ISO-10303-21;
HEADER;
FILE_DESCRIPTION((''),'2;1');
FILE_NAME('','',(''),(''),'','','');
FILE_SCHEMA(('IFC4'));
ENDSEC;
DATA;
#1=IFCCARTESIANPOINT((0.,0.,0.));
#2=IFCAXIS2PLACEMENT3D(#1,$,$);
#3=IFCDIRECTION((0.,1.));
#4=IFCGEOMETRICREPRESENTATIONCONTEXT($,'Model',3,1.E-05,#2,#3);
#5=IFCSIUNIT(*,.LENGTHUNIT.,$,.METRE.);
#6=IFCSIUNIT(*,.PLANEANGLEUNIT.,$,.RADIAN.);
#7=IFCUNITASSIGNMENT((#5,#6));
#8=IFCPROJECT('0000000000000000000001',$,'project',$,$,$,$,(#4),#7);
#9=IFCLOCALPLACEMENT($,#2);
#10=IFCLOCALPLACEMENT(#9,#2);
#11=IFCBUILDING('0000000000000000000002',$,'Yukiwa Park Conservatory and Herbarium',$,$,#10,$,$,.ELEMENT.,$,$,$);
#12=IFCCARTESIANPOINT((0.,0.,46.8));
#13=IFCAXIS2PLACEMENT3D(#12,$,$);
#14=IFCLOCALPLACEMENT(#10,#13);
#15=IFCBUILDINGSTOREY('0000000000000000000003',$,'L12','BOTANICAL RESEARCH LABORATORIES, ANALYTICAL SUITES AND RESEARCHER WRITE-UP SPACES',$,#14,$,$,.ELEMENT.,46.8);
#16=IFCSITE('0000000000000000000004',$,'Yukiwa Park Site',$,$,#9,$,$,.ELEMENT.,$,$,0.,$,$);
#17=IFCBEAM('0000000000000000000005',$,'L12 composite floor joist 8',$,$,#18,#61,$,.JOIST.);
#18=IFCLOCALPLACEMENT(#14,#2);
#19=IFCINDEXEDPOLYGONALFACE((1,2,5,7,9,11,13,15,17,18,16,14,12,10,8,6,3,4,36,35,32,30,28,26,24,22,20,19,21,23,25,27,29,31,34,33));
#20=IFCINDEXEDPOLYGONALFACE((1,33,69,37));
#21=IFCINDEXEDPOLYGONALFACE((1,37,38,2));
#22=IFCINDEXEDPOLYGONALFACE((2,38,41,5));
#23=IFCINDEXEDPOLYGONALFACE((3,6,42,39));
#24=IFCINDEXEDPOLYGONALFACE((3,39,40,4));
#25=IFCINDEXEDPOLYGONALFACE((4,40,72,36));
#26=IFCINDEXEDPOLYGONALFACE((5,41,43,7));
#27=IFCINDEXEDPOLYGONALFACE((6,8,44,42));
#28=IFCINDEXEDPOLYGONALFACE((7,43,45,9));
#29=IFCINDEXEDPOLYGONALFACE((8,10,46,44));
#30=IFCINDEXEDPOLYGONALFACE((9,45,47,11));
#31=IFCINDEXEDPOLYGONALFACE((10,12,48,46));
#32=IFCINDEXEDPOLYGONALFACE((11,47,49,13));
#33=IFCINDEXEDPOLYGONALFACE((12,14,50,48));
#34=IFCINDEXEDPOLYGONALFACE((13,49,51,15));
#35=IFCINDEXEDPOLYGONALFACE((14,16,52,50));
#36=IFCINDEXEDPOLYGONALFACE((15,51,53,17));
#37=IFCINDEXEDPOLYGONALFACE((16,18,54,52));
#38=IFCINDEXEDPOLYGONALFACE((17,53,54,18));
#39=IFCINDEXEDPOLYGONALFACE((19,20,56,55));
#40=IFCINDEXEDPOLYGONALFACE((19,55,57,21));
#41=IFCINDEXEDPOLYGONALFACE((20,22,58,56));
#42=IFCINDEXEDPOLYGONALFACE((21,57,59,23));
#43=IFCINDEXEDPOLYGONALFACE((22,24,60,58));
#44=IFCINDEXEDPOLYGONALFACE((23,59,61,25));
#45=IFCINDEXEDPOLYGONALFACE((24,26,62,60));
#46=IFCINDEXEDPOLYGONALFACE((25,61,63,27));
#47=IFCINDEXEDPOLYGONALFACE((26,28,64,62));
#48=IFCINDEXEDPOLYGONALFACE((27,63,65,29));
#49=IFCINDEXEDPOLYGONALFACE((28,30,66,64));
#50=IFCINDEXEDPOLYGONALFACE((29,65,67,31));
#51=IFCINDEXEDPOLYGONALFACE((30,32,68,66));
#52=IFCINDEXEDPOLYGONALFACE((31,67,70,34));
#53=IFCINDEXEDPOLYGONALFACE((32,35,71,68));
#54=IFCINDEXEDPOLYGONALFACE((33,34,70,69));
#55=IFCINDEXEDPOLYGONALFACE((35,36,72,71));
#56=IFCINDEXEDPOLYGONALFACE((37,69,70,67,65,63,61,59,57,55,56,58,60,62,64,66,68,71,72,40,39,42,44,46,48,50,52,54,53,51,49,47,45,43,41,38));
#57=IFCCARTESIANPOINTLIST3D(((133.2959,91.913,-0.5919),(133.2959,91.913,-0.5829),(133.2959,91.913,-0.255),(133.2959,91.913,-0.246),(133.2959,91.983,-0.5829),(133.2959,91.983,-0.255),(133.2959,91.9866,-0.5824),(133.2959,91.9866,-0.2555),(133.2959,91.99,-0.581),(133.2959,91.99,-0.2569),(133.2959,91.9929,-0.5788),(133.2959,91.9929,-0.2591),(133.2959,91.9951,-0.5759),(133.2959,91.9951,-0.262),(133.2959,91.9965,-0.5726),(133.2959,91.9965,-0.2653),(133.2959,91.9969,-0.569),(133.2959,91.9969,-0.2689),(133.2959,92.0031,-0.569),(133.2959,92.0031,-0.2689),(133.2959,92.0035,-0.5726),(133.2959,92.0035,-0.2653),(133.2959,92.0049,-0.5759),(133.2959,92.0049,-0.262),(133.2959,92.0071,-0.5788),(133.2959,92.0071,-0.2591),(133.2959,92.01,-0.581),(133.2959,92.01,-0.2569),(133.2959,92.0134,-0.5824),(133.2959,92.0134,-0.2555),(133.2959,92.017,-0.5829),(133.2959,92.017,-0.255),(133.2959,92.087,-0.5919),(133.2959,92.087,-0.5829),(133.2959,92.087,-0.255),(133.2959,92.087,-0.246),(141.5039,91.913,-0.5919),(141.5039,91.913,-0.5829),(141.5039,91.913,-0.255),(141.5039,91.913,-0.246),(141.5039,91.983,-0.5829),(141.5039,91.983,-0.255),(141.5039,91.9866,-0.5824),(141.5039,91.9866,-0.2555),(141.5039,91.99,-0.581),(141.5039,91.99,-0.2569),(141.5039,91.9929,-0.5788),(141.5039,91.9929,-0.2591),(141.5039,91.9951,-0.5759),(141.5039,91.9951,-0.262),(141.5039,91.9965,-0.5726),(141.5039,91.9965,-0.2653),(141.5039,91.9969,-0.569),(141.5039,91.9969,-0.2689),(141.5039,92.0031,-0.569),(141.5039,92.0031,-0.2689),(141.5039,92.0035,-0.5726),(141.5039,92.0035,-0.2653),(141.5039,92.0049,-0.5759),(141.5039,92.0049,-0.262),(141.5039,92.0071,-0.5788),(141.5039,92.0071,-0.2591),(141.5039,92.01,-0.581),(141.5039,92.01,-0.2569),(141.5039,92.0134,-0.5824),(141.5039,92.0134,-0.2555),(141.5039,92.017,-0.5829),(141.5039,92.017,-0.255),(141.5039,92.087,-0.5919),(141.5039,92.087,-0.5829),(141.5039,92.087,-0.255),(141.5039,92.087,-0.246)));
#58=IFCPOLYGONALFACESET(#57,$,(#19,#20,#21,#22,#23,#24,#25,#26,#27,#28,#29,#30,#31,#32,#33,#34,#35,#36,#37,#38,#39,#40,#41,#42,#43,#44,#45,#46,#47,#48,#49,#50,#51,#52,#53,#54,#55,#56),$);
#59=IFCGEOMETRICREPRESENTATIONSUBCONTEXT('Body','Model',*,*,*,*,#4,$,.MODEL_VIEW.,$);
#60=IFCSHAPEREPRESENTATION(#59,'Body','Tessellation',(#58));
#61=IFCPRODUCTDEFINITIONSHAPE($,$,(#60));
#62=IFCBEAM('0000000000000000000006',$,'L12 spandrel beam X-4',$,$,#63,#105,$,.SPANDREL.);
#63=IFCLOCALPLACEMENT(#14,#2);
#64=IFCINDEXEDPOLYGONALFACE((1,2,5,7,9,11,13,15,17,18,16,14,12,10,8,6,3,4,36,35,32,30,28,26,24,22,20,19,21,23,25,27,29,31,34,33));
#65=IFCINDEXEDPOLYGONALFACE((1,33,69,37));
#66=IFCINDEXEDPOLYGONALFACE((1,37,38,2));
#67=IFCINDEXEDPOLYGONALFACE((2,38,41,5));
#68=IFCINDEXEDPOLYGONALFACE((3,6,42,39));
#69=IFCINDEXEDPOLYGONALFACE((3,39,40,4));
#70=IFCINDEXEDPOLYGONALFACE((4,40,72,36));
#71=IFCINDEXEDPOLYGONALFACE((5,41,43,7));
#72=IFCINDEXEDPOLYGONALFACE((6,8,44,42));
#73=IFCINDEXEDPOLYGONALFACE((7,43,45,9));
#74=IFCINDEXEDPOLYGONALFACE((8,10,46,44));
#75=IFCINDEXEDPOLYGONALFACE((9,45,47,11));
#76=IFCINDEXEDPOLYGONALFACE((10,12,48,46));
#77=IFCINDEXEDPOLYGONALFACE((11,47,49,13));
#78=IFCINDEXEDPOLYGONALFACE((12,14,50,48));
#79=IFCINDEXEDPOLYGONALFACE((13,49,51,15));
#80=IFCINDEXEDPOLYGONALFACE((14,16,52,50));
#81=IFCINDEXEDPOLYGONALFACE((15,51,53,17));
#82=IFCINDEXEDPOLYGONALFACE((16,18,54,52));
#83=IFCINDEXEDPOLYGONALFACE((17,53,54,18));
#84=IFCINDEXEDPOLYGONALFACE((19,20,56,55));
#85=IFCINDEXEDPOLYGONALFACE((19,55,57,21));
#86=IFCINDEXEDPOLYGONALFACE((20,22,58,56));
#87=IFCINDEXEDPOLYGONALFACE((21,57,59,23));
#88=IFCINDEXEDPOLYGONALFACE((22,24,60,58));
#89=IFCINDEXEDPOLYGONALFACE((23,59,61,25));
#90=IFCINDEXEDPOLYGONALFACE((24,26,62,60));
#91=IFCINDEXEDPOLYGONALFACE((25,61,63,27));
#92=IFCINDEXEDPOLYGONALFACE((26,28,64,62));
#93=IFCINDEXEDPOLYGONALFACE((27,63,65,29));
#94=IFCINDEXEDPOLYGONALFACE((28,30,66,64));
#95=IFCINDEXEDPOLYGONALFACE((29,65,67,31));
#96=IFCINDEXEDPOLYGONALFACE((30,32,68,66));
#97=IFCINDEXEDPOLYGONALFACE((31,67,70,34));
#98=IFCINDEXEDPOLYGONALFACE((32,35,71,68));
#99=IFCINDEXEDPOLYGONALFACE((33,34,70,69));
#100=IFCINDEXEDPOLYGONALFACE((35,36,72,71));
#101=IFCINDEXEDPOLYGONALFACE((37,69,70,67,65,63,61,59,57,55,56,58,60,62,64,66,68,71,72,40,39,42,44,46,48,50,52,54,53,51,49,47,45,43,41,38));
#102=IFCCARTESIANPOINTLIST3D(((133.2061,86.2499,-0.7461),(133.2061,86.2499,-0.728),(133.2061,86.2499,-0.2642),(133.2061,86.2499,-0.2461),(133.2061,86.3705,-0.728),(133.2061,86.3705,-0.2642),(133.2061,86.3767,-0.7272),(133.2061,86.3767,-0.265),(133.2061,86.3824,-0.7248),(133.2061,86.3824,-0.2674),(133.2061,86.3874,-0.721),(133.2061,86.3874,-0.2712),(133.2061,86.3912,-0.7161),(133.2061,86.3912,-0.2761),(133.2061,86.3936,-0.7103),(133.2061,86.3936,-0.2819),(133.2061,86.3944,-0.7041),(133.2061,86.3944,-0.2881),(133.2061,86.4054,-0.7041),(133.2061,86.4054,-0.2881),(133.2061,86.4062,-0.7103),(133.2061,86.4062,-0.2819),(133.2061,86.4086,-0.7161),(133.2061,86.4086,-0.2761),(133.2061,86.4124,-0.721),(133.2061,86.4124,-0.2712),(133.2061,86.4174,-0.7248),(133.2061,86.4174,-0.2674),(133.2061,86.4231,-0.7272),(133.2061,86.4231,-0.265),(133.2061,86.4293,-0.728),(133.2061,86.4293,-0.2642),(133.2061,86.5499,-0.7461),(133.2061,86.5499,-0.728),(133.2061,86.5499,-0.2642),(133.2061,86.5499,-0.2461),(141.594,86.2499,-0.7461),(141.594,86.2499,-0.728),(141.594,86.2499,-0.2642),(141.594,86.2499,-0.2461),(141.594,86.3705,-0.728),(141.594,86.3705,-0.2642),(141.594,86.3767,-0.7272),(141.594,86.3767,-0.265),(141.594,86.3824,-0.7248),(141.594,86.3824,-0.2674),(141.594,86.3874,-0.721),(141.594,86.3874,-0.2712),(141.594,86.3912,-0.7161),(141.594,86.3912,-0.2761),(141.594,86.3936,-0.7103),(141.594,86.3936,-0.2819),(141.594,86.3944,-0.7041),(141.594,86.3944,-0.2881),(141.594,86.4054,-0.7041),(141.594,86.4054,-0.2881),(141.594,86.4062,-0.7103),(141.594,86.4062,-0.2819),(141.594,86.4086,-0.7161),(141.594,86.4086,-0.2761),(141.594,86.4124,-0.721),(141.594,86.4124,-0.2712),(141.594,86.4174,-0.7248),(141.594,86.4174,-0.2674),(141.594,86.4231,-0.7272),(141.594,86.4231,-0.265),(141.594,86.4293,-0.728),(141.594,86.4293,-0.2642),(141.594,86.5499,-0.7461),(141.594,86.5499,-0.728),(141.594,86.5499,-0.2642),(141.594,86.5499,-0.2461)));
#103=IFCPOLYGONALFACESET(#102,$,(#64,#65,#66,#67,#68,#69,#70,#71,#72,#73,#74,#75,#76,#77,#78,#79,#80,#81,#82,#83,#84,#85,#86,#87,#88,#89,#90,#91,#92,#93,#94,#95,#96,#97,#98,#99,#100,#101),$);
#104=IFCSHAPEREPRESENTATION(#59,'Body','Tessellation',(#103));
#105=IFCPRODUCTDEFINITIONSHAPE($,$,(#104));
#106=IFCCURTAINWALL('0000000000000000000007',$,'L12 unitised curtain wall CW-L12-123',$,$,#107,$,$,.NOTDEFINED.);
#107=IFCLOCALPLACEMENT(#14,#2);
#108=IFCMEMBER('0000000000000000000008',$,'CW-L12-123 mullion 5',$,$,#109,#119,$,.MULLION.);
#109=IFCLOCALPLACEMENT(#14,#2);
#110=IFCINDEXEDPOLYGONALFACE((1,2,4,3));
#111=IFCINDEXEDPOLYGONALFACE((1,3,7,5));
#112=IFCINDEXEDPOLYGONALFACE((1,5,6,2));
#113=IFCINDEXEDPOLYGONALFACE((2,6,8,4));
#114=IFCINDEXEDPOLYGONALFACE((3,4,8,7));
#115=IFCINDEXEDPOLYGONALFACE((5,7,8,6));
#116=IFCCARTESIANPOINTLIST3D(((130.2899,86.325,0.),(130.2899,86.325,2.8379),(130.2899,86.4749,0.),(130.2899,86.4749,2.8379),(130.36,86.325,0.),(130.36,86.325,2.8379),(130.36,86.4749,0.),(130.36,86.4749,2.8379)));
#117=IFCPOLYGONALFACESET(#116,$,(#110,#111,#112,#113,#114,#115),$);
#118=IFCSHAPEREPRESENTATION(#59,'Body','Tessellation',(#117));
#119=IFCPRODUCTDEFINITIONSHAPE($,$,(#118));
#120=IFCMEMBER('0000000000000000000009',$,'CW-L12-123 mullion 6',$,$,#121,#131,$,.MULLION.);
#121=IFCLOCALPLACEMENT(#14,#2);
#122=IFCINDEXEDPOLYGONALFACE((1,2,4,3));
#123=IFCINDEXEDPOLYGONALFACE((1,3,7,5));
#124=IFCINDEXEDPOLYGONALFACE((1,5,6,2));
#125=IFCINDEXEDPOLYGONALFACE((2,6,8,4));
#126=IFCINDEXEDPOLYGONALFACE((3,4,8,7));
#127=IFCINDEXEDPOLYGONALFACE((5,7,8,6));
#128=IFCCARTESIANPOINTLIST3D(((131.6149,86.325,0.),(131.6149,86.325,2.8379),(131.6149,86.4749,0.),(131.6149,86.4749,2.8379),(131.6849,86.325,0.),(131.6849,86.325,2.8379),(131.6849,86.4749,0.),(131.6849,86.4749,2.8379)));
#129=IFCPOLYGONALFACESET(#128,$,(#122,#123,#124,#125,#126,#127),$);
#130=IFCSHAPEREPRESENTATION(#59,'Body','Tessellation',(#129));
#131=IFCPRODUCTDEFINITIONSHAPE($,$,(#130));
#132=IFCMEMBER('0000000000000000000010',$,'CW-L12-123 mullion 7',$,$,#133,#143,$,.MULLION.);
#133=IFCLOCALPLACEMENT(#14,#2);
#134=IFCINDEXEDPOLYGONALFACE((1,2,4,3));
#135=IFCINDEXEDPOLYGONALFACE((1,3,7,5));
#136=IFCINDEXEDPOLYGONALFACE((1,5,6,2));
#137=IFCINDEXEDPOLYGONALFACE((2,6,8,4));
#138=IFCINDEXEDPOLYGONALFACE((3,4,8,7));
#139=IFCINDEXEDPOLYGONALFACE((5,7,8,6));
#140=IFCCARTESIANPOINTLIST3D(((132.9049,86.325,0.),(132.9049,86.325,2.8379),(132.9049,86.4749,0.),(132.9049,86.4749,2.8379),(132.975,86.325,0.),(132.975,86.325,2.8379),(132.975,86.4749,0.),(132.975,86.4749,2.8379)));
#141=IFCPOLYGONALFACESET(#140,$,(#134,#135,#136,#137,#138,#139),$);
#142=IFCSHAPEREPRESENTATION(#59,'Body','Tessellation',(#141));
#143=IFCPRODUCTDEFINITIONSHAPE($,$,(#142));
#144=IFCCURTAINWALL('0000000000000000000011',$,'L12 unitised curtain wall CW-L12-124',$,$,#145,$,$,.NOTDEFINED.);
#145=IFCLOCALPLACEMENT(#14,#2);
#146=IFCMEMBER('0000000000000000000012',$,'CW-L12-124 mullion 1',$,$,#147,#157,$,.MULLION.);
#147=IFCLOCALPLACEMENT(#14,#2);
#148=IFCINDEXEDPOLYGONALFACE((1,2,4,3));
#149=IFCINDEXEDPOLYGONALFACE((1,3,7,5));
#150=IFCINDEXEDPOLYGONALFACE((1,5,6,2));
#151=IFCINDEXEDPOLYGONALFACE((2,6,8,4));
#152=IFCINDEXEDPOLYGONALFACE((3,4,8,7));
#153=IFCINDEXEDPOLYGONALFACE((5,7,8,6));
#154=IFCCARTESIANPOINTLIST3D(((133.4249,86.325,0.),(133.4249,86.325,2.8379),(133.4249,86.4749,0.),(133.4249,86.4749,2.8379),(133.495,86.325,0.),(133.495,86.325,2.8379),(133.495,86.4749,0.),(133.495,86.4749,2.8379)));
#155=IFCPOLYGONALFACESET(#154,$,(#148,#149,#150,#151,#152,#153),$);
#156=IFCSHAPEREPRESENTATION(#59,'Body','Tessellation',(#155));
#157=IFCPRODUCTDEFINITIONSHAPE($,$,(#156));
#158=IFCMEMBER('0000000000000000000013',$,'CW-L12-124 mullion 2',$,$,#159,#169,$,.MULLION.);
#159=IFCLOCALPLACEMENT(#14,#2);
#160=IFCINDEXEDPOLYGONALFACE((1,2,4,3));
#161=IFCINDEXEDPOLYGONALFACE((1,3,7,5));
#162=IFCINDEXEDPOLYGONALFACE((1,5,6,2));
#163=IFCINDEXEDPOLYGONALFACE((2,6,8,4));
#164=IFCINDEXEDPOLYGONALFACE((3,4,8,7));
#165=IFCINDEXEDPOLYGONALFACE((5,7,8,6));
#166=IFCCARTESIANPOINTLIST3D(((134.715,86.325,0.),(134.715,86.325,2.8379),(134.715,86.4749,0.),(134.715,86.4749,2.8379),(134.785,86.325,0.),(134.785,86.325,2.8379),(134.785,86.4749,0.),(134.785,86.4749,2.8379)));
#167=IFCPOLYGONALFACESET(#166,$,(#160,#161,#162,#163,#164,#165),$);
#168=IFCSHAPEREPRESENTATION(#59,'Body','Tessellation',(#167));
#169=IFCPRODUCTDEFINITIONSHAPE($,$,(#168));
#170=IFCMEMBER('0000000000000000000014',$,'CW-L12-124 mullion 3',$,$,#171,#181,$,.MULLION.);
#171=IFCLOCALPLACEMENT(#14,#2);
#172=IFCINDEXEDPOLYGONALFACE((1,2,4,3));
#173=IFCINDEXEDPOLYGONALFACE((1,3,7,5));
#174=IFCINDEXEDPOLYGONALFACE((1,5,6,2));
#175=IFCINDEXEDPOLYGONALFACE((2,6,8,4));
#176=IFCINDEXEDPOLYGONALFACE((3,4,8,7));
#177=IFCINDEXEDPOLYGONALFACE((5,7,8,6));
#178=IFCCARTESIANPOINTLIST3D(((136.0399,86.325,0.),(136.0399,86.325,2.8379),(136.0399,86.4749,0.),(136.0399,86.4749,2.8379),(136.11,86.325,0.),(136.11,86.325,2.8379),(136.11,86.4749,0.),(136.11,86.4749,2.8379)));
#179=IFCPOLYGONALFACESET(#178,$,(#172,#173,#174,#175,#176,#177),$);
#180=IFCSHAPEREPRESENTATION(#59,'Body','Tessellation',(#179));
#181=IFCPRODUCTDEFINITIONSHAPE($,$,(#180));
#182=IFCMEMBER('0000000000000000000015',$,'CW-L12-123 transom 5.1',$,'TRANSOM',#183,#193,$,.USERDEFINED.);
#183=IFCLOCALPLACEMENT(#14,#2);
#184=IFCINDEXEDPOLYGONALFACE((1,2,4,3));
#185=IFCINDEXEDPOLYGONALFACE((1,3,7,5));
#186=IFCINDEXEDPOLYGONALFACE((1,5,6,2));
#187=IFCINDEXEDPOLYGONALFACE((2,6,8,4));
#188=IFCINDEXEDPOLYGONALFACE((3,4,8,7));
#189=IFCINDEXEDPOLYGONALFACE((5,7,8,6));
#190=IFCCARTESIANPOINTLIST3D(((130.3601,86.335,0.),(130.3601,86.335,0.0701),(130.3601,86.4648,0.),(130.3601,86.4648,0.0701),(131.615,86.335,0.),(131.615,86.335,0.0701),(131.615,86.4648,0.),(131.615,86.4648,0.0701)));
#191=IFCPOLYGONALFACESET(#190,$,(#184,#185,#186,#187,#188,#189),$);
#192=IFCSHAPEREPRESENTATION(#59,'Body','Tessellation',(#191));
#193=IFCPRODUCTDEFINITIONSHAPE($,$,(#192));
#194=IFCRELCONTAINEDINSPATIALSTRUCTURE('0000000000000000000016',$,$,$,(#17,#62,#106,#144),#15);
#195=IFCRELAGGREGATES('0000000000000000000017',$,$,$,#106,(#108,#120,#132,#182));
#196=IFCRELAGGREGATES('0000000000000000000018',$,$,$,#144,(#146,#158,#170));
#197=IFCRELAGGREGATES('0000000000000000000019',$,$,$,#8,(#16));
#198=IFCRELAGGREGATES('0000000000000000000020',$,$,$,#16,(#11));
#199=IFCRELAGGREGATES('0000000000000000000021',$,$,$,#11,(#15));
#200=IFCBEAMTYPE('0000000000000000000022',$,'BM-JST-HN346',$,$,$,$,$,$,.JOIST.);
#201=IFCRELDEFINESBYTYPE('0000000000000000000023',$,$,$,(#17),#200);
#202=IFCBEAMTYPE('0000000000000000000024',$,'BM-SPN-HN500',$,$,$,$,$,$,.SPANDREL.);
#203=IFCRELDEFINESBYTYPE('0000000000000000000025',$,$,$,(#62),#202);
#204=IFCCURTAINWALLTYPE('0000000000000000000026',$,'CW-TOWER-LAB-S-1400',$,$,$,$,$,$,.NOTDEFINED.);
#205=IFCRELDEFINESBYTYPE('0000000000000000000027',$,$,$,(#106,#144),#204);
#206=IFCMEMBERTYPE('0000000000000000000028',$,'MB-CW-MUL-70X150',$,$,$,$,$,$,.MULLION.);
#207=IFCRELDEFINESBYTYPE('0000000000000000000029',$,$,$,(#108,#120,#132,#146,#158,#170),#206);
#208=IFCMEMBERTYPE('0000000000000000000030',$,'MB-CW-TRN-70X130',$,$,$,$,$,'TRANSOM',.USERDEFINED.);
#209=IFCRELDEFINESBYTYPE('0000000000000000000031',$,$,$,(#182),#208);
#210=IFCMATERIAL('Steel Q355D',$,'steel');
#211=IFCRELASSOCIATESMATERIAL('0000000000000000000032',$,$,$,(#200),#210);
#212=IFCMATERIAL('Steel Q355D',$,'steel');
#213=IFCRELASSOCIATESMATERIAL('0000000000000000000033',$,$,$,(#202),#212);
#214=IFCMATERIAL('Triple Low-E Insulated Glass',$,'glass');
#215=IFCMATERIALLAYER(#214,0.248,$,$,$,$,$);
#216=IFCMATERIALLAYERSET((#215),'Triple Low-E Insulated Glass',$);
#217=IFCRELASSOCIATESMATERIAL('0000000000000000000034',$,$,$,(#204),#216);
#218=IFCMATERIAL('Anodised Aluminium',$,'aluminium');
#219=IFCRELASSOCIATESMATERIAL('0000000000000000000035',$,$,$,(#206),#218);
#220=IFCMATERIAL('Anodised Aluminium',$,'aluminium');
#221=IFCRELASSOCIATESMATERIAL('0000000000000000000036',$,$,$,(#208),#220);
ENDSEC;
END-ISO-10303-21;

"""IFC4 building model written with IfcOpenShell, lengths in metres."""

from ifc_helpers import new_model, si_unit, direction, frame, origin, origin_2d, place, context, subcontext, project, spatial, rectangle, i_section, extrude, material, layer, layer_set, material_profile, profile_set, type_object, element, aggregate, save


model = new_model("IFC4")

# Units and contexts
model_context = context("Model", 3, precision=1e-05, world=origin(), true_north=direction((0.0, 1.0)))
body_context = subcontext(model_context, "Body", "Model", "MODEL_VIEW")
ifc_project = project(units=[si_unit("LENGTHUNIT", "METRE"), si_unit("PLANEANGLEUNIT", "RADIAN")], contexts=[model_context])

# Site, building, storey
site_placement = place(None, origin())
site = spatial("IfcSite", under=ifc_project, at=site_placement, Name="Yukiwa Park Site", CompositionType="ELEMENT", RefElevation=0.0)
building_placement = place(site_placement, origin())
building = spatial("IfcBuilding", under=site, at=building_placement, Name="Yukiwa Park Conservatory and Herbarium", CompositionType="ELEMENT")
storey_placement = place(building_placement, frame((0.0, 0.0, 46.8)))
storey = spatial("IfcBuildingStorey", under=building, at=storey_placement, Name="L12", Description="BOTANICAL RESEARCH LABORATORIES, ANALYTICAL SUITES AND RESEARCHER WRITE-UP SPACES", CompositionType="ELEMENT", Elevation=46.8)

# Beams
ifc_material_1 = material(Name="Steel Q355D", Category="steel")
ifc_material_profile_1 = material_profile(ifc_material_1, i_section(OverallWidth=0.1741, OverallDepth=0.3459, WebThickness=0.0061, FlangeThickness=0.009, FilletRadius=0.0139, at=origin_2d()), Name="HN 346x174x6x9")
ifc_profile_set_1 = profile_set([ifc_material_profile_1], Name="Steel Q355D")
beam_type_1 = type_object("IfcBeamType", Name="BM-JST-HN346", PredefinedType="JOIST", material=ifc_profile_set_1)
for number, where, z_axis, x_axis, name in (
    (1, (133.2959, 92.0, -0.4189), (1.0, 0.0, 0.0), (0.0, 1.0, 0.0), "L12 composite floor joist 8"),
):
    element("IfcBeam", number, at=place(storey_placement, frame(where, z_axis=z_axis, x_axis=x_axis)), inside=storey, type_object=beam_type_1, Name=name, PredefinedType="JOIST", context=body_context, shape_type="SweptSolid", body=[
        extrude(i_section(OverallWidth=0.1741, OverallDepth=0.3459, WebThickness=0.0061, FlangeThickness=0.009, FilletRadius=0.0139, at=origin_2d()), origin(), (0.0, 0.0, 1.0), 8.208),
    ])
ifc_material_2 = material(Name="Steel Q355D", Category="steel")
ifc_material_profile_2 = material_profile(ifc_material_2, i_section(OverallWidth=0.3, OverallDepth=0.5, WebThickness=0.011, FlangeThickness=0.0181, FilletRadius=0.0239, at=origin_2d()), Name="HM 500x300x11x18")
ifc_profile_set_2 = profile_set([ifc_material_profile_2], Name="Steel Q355D")
beam_type_2 = type_object("IfcBeamType", Name="BM-SPN-HN500", PredefinedType="SPANDREL", material=ifc_profile_set_2)
beam_1_placement = place(storey_placement, frame((133.2061, 86.3999, -0.4961), z_axis=(1.0, 0.0, 0.0), x_axis=(0.0, 1.0, 0.0)))
element("IfcBeam", 2, at=beam_1_placement, inside=storey, type_object=beam_type_2, Name="L12 spandrel beam X-4", PredefinedType="SPANDREL", context=body_context, shape_type="SweptSolid", body=[
    extrude(i_section(OverallWidth=0.3, OverallDepth=0.5, WebThickness=0.011, FlangeThickness=0.0181, FilletRadius=0.0239, at=origin_2d()), origin(), (0.0, 0.0, 1.0), 8.3879),
])

# Curtain walls, members
ifc_material_3 = material(Name="Triple Low-E Insulated Glass", Category="glass")
ifc_layer_1 = layer(ifc_material_3, 0.248)
ifc_layer_set_1 = layer_set([ifc_layer_1], Name="Triple Low-E Insulated Glass")
curtain_wall_type = type_object("IfcCurtainWallType", Name="CW-TOWER-LAB-S-1400", PredefinedType="NOTDEFINED", material=ifc_layer_set_1)
curtain_wall_1_placement = place(storey_placement, origin())
curtain_wall_1 = element("IfcCurtainWall", 3, at=curtain_wall_1_placement, inside=storey, type_object=curtain_wall_type, Name="L12 unitised curtain wall CW-L12-123", PredefinedType="NOTDEFINED")
ifc_material_4 = material(Name="Anodised Aluminium", Category="aluminium")
member_type_1 = type_object("IfcMemberType", Name="MB-CW-MUL-70X150", PredefinedType="MULLION", material=ifc_material_4)
member_1_placement = place(storey_placement, frame((130.325, 86.3999, 0.0), z_axis=(0.0, 0.0, 1.0), x_axis=(1.0, 0.0, 0.0)))
member_1 = element("IfcMember", 4, at=member_1_placement, type_object=member_type_1, Name="CW-L12-123 mullion 5", PredefinedType="MULLION", context=body_context, shape_type="SweptSolid", body=[
    extrude(rectangle(XDim=0.0701, YDim=0.1499, at=origin_2d()), origin(), (0.0, 0.0, 1.0), 2.8379),
])
member_2_placement = place(storey_placement, frame((131.6499, 86.3999, 0.0), z_axis=(0.0, 0.0, 1.0), x_axis=(1.0, 0.0, 0.0)))
member_2 = element("IfcMember", 5, at=member_2_placement, type_object=member_type_1, Name="CW-L12-123 mullion 6", PredefinedType="MULLION", context=body_context, shape_type="SweptSolid", body=[
    extrude(rectangle(XDim=0.0701, YDim=0.1499, at=origin_2d()), origin(), (0.0, 0.0, 1.0), 2.8379),
])
member_3_placement = place(storey_placement, frame((132.9399, 86.3999, 0.0), z_axis=(0.0, 0.0, 1.0), x_axis=(1.0, 0.0, 0.0)))
member_3 = element("IfcMember", 6, at=member_3_placement, type_object=member_type_1, Name="CW-L12-123 mullion 7", PredefinedType="MULLION", context=body_context, shape_type="SweptSolid", body=[
    extrude(rectangle(XDim=0.0701, YDim=0.1499, at=origin_2d()), origin(), (0.0, 0.0, 1.0), 2.8379),
])
curtain_wall_2_placement = place(storey_placement, origin())
curtain_wall_2 = element("IfcCurtainWall", 7, at=curtain_wall_2_placement, inside=storey, type_object=curtain_wall_type, Name="L12 unitised curtain wall CW-L12-124", PredefinedType="NOTDEFINED")
member_4_placement = place(storey_placement, frame((133.46, 86.3999, 0.0), z_axis=(0.0, 0.0, 1.0), x_axis=(1.0, 0.0, 0.0)))
member_4 = element("IfcMember", 8, at=member_4_placement, type_object=member_type_1, Name="CW-L12-124 mullion 1", PredefinedType="MULLION", context=body_context, shape_type="SweptSolid", body=[
    extrude(rectangle(XDim=0.0701, YDim=0.1499, at=origin_2d()), origin(), (0.0, 0.0, 1.0), 2.8379),
])
member_5_placement = place(storey_placement, frame((134.75, 86.3999, 0.0), z_axis=(0.0, 0.0, 1.0), x_axis=(1.0, 0.0, 0.0)))
member_5 = element("IfcMember", 9, at=member_5_placement, type_object=member_type_1, Name="CW-L12-124 mullion 2", PredefinedType="MULLION", context=body_context, shape_type="SweptSolid", body=[
    extrude(rectangle(XDim=0.0701, YDim=0.1499, at=origin_2d()), origin(), (0.0, 0.0, 1.0), 2.8379),
])
member_6_placement = place(storey_placement, frame((136.075, 86.3999, 0.0), z_axis=(0.0, 0.0, 1.0), x_axis=(1.0, 0.0, 0.0)))
member_6 = element("IfcMember", 10, at=member_6_placement, type_object=member_type_1, Name="CW-L12-124 mullion 3", PredefinedType="MULLION", context=body_context, shape_type="SweptSolid", body=[
    extrude(rectangle(XDim=0.0701, YDim=0.1499, at=origin_2d()), origin(), (0.0, 0.0, 1.0), 2.8379),
])

# Member
ifc_material_5 = material(Name="Anodised Aluminium", Category="aluminium")
member_type_2 = type_object("IfcMemberType", Name="MB-CW-TRN-70X130", ElementType="TRANSOM", PredefinedType="USERDEFINED", material=ifc_material_5)
member_7_placement = place(storey_placement, frame((130.9875, 86.3999, 0.0), z_axis=(0.0, 0.0, 1.0), x_axis=(1.0, 0.0, 0.0)))
member_7 = element("IfcMember", 11, at=member_7_placement, type_object=member_type_2, Name="CW-L12-123 transom 5.1", ObjectType="TRANSOM", PredefinedType="USERDEFINED", context=body_context, shape_type="SweptSolid", body=[
    extrude(rectangle(XDim=1.2549, YDim=0.1299, at=origin_2d()), origin(), (0.0, 0.0, 1.0), 0.0701),
])

aggregate(curtain_wall_1, [member_1, member_2, member_3, member_7])
aggregate(curtain_wall_2, [member_4, member_5, member_6])

save(model, "model.ifc")
